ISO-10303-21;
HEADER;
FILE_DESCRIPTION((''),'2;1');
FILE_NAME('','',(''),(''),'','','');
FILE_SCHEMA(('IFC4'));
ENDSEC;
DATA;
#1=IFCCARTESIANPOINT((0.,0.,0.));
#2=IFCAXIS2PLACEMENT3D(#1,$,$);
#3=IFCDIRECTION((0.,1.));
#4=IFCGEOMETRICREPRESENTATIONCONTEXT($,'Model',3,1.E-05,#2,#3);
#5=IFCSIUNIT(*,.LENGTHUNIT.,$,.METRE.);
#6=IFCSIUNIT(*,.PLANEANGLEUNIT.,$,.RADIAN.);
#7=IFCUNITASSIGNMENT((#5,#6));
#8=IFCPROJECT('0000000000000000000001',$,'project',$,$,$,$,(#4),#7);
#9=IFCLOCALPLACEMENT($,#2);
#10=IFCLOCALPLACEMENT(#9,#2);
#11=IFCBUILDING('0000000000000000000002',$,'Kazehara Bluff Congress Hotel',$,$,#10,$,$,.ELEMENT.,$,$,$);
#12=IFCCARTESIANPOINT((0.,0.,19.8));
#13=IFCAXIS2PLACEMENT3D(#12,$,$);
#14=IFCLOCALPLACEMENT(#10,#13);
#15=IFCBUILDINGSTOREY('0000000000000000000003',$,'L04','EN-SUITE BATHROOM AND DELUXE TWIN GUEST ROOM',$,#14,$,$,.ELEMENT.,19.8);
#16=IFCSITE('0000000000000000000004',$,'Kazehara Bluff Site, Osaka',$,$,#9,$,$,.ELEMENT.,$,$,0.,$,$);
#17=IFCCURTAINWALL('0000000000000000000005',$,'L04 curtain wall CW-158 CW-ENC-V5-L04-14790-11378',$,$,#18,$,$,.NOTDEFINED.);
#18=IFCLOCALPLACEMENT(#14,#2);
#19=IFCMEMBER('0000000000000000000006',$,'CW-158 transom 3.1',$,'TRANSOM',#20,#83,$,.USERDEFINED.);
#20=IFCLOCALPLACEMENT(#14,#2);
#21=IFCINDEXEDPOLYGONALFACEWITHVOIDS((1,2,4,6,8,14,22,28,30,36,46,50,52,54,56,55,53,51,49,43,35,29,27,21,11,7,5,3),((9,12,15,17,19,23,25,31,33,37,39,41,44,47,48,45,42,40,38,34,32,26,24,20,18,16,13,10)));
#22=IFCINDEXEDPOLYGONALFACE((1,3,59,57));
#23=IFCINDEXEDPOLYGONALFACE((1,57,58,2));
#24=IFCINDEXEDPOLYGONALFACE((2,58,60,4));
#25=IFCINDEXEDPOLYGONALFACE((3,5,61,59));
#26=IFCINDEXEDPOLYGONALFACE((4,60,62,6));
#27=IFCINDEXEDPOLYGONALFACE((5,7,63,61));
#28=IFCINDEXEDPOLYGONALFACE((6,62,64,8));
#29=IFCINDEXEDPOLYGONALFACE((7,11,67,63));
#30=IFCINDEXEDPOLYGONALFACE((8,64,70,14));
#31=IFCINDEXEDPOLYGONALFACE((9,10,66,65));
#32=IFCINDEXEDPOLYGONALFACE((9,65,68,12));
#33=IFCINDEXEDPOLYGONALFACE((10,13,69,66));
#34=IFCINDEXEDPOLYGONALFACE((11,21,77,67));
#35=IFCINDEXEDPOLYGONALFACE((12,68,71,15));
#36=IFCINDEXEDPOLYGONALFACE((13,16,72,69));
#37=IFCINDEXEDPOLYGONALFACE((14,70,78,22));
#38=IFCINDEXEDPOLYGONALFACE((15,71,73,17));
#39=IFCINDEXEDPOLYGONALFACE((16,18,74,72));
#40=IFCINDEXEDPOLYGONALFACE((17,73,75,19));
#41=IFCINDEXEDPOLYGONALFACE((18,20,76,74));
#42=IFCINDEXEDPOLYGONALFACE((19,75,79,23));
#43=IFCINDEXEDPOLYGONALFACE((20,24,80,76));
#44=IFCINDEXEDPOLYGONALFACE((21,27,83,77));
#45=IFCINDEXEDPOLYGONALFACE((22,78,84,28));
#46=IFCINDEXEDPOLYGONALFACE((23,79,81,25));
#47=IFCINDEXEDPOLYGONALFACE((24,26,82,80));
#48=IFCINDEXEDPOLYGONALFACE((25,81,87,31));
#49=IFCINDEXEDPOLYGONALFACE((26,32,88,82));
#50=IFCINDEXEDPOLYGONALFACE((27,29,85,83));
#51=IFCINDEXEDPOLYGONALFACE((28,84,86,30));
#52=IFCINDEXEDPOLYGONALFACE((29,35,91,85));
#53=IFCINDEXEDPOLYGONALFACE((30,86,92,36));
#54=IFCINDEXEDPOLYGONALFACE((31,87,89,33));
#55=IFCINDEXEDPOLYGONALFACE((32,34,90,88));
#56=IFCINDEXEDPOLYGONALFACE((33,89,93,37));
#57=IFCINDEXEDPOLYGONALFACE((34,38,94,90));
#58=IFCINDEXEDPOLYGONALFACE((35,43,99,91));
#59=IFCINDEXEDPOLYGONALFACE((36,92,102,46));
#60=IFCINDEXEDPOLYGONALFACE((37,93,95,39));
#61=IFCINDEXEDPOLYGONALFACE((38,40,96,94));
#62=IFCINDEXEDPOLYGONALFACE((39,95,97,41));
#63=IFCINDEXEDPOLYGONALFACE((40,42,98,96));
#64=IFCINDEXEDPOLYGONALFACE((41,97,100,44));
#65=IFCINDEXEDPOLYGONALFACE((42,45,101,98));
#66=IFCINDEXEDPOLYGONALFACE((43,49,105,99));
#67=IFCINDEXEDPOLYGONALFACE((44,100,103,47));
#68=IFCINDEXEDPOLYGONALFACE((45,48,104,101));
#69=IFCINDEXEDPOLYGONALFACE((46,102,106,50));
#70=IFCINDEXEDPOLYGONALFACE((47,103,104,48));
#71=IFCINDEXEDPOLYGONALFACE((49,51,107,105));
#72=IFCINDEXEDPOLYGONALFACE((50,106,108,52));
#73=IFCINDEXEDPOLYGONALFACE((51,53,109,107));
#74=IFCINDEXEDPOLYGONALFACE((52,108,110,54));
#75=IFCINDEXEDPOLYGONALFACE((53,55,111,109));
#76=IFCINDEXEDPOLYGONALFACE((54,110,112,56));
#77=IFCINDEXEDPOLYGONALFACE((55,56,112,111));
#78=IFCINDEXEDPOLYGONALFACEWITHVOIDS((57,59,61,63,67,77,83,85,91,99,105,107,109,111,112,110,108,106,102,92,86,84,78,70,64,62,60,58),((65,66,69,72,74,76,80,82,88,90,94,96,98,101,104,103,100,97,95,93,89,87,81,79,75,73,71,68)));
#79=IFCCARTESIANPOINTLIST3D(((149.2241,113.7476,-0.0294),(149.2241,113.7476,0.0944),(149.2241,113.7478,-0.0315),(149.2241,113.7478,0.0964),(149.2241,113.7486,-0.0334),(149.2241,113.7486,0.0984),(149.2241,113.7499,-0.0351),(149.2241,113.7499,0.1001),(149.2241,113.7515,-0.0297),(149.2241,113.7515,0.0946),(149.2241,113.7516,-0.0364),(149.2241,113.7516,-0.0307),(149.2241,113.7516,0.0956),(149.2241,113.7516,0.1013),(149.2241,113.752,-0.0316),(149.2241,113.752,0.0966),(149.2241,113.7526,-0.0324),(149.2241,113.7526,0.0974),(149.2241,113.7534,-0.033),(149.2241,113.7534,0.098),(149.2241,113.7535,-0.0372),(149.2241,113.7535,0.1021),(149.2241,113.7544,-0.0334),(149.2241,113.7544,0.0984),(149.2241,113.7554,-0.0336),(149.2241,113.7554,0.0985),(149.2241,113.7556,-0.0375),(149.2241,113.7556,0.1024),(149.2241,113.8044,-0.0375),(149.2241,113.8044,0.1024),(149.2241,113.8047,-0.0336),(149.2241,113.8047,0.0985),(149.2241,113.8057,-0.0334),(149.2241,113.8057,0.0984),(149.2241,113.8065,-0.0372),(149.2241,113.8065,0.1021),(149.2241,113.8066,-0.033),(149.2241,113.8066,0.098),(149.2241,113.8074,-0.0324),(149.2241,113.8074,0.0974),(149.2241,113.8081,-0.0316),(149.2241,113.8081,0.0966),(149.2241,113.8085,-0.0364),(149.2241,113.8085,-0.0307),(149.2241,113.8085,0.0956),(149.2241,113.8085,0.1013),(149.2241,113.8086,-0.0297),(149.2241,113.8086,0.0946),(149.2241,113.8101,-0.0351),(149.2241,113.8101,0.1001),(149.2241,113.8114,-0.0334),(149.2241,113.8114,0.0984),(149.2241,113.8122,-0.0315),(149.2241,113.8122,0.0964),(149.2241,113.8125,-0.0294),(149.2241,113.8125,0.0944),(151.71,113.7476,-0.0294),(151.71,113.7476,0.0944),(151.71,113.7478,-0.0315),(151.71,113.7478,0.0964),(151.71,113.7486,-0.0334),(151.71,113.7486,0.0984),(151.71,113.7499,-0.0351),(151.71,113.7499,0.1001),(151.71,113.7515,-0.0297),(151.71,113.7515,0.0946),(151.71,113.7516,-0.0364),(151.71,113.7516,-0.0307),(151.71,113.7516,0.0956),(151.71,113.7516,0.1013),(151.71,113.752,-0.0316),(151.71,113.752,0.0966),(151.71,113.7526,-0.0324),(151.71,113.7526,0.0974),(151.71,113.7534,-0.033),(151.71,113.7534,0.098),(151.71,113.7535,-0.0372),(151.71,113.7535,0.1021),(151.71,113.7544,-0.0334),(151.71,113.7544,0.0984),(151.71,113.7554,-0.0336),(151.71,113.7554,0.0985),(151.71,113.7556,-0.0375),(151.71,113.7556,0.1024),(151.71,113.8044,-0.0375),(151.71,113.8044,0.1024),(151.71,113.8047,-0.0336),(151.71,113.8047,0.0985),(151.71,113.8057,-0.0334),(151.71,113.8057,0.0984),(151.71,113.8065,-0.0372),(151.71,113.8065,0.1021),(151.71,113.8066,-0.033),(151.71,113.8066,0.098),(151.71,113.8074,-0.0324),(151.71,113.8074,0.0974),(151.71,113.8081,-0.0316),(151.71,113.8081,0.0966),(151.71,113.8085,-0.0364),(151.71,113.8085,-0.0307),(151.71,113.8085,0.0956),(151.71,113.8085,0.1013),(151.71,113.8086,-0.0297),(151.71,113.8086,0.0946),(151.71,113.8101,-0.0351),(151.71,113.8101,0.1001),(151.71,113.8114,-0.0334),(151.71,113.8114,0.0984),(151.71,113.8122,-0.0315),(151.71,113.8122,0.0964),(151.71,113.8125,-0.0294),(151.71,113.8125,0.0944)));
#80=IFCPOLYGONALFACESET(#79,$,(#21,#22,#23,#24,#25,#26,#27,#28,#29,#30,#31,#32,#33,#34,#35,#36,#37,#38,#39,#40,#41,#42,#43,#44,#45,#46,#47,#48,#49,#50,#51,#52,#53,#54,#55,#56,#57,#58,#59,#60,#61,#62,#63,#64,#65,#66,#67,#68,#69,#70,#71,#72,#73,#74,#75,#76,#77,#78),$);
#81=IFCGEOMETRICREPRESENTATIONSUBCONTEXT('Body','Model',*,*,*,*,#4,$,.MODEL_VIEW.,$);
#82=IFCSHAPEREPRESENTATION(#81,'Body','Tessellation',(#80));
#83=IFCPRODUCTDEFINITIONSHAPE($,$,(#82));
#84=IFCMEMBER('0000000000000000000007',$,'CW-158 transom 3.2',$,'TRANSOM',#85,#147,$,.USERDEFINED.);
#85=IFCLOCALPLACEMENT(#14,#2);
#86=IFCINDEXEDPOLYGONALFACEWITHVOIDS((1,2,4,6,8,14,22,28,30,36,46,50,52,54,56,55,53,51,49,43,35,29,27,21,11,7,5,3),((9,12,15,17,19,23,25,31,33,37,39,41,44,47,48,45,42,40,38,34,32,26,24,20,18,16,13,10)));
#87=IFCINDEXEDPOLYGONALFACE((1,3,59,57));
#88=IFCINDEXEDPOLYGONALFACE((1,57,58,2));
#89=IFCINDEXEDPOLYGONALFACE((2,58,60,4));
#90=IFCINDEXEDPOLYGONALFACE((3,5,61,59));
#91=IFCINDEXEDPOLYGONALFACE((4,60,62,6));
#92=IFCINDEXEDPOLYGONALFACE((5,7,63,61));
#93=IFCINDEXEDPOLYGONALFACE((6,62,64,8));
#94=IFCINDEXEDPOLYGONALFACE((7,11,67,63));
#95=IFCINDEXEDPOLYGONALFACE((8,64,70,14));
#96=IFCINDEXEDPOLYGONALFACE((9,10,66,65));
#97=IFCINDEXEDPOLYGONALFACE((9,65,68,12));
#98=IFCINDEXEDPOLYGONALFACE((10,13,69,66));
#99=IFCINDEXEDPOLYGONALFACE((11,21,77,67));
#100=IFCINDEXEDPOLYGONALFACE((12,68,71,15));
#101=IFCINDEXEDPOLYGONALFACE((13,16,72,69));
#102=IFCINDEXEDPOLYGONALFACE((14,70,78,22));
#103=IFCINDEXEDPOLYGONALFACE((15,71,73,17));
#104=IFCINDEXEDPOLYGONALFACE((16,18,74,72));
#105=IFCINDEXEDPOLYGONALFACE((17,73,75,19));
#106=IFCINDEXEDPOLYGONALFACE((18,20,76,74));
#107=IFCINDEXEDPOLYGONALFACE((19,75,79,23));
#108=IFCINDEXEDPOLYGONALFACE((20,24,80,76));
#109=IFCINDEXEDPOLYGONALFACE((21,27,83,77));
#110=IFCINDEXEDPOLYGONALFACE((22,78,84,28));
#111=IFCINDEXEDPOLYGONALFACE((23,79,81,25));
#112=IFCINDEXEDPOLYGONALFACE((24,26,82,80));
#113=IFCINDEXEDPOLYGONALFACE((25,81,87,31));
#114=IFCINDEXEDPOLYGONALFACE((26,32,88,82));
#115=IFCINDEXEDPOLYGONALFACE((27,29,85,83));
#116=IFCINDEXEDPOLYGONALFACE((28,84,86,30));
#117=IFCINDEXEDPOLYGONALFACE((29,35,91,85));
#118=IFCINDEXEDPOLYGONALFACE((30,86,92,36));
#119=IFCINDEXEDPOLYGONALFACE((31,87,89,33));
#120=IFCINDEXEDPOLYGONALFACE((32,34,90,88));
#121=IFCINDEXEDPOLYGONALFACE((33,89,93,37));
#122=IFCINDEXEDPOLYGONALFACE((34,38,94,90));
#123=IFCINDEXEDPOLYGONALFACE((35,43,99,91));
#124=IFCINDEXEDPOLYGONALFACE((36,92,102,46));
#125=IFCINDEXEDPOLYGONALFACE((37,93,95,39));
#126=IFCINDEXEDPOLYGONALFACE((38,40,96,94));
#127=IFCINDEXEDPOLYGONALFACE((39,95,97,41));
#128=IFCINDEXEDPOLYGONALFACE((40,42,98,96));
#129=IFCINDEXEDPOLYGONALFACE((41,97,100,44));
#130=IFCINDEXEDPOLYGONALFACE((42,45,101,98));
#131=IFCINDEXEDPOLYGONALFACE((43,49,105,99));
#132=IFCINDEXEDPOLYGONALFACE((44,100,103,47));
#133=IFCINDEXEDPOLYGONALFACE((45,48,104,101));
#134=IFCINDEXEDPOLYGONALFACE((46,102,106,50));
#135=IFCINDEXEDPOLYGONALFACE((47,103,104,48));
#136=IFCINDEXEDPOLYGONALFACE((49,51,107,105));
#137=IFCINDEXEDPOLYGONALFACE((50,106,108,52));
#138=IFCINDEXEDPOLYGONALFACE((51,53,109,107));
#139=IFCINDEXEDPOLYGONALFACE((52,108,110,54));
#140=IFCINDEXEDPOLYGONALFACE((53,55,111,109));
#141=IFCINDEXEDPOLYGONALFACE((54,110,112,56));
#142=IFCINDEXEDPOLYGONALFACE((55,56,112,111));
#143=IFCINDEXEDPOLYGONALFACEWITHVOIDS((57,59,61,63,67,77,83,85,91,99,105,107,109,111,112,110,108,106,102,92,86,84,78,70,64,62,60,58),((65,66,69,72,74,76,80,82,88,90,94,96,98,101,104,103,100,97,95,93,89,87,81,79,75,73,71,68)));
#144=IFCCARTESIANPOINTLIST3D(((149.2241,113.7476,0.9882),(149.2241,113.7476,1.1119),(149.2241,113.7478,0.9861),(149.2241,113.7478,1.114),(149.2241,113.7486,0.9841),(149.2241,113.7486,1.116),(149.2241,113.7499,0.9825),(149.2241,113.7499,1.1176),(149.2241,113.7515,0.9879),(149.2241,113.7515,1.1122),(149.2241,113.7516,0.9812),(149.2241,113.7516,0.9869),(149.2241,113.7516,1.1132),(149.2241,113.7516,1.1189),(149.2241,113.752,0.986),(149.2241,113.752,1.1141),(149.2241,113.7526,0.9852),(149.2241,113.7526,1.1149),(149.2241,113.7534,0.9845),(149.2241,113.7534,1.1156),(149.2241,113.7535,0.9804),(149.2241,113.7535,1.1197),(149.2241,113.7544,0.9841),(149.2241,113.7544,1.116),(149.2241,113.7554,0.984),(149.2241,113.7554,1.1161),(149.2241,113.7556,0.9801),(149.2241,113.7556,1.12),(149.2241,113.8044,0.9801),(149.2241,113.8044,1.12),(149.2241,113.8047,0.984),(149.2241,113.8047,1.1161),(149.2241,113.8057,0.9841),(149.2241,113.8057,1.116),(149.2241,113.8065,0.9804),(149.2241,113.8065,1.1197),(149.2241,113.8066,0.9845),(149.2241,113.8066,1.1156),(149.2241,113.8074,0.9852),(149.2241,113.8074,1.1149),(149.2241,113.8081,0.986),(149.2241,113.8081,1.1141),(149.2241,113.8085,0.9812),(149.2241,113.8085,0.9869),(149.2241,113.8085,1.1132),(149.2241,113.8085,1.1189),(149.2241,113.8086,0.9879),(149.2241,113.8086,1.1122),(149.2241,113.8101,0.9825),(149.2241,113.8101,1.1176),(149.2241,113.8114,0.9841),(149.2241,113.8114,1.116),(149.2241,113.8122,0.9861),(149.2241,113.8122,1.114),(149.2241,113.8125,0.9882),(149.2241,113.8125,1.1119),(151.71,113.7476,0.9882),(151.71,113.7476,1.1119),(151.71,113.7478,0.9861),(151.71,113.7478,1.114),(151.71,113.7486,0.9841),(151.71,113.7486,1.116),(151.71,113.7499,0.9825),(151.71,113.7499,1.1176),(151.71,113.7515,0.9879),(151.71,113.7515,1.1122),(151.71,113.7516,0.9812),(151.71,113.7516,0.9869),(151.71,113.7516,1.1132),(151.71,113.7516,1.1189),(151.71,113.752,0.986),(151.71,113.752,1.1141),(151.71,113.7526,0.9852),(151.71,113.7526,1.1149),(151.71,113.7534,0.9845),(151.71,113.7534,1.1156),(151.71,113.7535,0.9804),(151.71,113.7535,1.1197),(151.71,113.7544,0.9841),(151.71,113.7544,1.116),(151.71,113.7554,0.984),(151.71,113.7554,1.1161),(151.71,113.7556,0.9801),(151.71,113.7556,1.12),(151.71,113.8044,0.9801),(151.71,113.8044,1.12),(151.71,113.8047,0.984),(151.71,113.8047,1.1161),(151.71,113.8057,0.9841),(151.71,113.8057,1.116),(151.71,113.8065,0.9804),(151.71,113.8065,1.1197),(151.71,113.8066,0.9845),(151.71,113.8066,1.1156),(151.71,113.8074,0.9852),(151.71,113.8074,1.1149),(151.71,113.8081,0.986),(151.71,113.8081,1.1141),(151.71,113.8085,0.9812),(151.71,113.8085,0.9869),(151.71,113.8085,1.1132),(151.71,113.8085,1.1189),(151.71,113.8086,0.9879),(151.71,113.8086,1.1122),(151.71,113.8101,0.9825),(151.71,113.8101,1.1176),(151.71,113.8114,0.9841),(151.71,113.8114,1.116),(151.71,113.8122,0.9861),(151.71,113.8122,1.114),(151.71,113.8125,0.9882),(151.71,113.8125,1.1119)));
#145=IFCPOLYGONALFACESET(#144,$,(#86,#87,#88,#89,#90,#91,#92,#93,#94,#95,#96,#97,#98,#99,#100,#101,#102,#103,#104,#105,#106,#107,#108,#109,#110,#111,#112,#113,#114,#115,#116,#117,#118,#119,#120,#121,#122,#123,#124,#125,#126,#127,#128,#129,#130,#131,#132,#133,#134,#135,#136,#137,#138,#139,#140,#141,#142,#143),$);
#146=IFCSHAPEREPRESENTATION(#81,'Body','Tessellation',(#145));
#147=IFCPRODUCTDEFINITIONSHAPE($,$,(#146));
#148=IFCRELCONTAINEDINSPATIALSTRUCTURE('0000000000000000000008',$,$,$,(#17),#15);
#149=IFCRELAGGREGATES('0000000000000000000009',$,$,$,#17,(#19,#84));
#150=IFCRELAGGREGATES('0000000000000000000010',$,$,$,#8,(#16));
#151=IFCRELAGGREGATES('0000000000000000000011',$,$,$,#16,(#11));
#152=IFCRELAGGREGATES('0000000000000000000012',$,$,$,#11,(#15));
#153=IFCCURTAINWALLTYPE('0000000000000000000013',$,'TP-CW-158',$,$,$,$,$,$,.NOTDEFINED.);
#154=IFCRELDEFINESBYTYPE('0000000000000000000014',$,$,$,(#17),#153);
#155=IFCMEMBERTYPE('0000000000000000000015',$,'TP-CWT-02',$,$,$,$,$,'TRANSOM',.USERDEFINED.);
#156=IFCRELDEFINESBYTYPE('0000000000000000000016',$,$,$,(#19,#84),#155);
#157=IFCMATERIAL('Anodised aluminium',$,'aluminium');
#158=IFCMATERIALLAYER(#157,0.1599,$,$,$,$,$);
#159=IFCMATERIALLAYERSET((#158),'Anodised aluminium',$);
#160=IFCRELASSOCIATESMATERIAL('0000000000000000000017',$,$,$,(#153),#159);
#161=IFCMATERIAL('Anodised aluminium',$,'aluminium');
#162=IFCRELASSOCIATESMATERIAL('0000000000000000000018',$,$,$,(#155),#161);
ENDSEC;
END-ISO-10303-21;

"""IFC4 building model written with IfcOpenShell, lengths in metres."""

from ifc_helpers import new_model, si_unit, direction, frame, origin, origin_2d, place, context, subcontext, project, spatial, hollow_rectangle, extrude, material, layer, layer_set, material_profile, profile_set, type_object, element, aggregate, save


model = new_model("IFC4")

# Units and contexts
model_context = context("Model", 3, precision=1e-05, world=origin(), true_north=direction((0.0, 1.0)))
body_context = subcontext(model_context, "Body", "Model", "MODEL_VIEW")
ifc_project = project(units=[si_unit("LENGTHUNIT", "METRE"), si_unit("PLANEANGLEUNIT", "RADIAN")], contexts=[model_context])

# Site, building, storey
site_placement = place(None, origin())
site = spatial("IfcSite", under=ifc_project, at=site_placement, Name="Kazehara Bluff Site, Osaka", CompositionType="ELEMENT", RefElevation=0.0)
building_placement = place(site_placement, origin())
building = spatial("IfcBuilding", under=site, at=building_placement, Name="Kazehara Bluff Congress Hotel", CompositionType="ELEMENT")
storey_placement = place(building_placement, frame((0.0, 0.0, 19.8)))
storey = spatial("IfcBuildingStorey", under=building, at=storey_placement, Name="L04", Description="EN-SUITE BATHROOM AND DELUXE TWIN GUEST ROOM", CompositionType="ELEMENT", Elevation=19.8)

# Curtain wall
ifc_material_1 = material(Name="Anodised aluminium", Category="aluminium")
ifc_layer_1 = layer(ifc_material_1, 0.1599)
ifc_layer_set_1 = layer_set([ifc_layer_1], Name="Anodised aluminium")
curtain_wall_type = type_object("IfcCurtainWallType", Name="TP-CW-158", PredefinedType="NOTDEFINED", material=ifc_layer_set_1)
curtain_wall_1_placement = place(storey_placement, origin())
curtain_wall_1 = element("IfcCurtainWall", 1, at=curtain_wall_1_placement, inside=storey, type_object=curtain_wall_type, Name="L04 curtain wall CW-158 CW-ENC-V5-L04-14790-11378", PredefinedType="NOTDEFINED")

# Members
ifc_material_2 = material(Name="Anodised aluminium", Category="aluminium")
ifc_material_profile_1 = material_profile(ifc_material_2, hollow_rectangle(XDim=0.0649, YDim=0.1399, WallThickness=0.0039, InnerFilletRadius=0.0039, OuterFilletRadius=0.0081, at=origin_2d()))
ifc_profile_set_1 = profile_set([ifc_material_profile_1], Name="Anodised aluminium")
member_type_1 = type_object("IfcMemberType", Name="TP-CWT-02", ElementType="TRANSOM", PredefinedType="USERDEFINED", material=ifc_profile_set_1)
member_1_placement = place(storey_placement, frame((149.2241, 113.78, 0.0325), z_axis=(1.0, 0.0, 0.0), x_axis=(0.0, 1.0, 0.0)))
member_1 = element("IfcMember", 2, at=member_1_placement, type_object=member_type_1, Name="CW-158 transom 3.1", ObjectType="TRANSOM", PredefinedType="USERDEFINED", context=body_context, shape_type="SweptSolid", body=[
    extrude(hollow_rectangle(XDim=0.0649, YDim=0.1399, WallThickness=0.0039, InnerFilletRadius=0.0039, OuterFilletRadius=0.0081, at=origin_2d()), origin(), (0.0, 0.0, 1.0), 2.4858),
])
member_2_placement = place(storey_placement, frame((149.2241, 113.78, 1.05), z_axis=(1.0, 0.0, 0.0), x_axis=(0.0, 1.0, 0.0)))
member_2 = element("IfcMember", 3, at=member_2_placement, type_object=member_type_1, Name="CW-158 transom 3.2", ObjectType="TRANSOM", PredefinedType="USERDEFINED", context=body_context, shape_type="SweptSolid", body=[
    extrude(hollow_rectangle(XDim=0.0649, YDim=0.1399, WallThickness=0.0039, InnerFilletRadius=0.0039, OuterFilletRadius=0.0081, at=origin_2d()), origin(), (0.0, 0.0, 1.0), 2.4858),
])

aggregate(curtain_wall_1, [member_1, member_2])

save(model, "model.ifc")
